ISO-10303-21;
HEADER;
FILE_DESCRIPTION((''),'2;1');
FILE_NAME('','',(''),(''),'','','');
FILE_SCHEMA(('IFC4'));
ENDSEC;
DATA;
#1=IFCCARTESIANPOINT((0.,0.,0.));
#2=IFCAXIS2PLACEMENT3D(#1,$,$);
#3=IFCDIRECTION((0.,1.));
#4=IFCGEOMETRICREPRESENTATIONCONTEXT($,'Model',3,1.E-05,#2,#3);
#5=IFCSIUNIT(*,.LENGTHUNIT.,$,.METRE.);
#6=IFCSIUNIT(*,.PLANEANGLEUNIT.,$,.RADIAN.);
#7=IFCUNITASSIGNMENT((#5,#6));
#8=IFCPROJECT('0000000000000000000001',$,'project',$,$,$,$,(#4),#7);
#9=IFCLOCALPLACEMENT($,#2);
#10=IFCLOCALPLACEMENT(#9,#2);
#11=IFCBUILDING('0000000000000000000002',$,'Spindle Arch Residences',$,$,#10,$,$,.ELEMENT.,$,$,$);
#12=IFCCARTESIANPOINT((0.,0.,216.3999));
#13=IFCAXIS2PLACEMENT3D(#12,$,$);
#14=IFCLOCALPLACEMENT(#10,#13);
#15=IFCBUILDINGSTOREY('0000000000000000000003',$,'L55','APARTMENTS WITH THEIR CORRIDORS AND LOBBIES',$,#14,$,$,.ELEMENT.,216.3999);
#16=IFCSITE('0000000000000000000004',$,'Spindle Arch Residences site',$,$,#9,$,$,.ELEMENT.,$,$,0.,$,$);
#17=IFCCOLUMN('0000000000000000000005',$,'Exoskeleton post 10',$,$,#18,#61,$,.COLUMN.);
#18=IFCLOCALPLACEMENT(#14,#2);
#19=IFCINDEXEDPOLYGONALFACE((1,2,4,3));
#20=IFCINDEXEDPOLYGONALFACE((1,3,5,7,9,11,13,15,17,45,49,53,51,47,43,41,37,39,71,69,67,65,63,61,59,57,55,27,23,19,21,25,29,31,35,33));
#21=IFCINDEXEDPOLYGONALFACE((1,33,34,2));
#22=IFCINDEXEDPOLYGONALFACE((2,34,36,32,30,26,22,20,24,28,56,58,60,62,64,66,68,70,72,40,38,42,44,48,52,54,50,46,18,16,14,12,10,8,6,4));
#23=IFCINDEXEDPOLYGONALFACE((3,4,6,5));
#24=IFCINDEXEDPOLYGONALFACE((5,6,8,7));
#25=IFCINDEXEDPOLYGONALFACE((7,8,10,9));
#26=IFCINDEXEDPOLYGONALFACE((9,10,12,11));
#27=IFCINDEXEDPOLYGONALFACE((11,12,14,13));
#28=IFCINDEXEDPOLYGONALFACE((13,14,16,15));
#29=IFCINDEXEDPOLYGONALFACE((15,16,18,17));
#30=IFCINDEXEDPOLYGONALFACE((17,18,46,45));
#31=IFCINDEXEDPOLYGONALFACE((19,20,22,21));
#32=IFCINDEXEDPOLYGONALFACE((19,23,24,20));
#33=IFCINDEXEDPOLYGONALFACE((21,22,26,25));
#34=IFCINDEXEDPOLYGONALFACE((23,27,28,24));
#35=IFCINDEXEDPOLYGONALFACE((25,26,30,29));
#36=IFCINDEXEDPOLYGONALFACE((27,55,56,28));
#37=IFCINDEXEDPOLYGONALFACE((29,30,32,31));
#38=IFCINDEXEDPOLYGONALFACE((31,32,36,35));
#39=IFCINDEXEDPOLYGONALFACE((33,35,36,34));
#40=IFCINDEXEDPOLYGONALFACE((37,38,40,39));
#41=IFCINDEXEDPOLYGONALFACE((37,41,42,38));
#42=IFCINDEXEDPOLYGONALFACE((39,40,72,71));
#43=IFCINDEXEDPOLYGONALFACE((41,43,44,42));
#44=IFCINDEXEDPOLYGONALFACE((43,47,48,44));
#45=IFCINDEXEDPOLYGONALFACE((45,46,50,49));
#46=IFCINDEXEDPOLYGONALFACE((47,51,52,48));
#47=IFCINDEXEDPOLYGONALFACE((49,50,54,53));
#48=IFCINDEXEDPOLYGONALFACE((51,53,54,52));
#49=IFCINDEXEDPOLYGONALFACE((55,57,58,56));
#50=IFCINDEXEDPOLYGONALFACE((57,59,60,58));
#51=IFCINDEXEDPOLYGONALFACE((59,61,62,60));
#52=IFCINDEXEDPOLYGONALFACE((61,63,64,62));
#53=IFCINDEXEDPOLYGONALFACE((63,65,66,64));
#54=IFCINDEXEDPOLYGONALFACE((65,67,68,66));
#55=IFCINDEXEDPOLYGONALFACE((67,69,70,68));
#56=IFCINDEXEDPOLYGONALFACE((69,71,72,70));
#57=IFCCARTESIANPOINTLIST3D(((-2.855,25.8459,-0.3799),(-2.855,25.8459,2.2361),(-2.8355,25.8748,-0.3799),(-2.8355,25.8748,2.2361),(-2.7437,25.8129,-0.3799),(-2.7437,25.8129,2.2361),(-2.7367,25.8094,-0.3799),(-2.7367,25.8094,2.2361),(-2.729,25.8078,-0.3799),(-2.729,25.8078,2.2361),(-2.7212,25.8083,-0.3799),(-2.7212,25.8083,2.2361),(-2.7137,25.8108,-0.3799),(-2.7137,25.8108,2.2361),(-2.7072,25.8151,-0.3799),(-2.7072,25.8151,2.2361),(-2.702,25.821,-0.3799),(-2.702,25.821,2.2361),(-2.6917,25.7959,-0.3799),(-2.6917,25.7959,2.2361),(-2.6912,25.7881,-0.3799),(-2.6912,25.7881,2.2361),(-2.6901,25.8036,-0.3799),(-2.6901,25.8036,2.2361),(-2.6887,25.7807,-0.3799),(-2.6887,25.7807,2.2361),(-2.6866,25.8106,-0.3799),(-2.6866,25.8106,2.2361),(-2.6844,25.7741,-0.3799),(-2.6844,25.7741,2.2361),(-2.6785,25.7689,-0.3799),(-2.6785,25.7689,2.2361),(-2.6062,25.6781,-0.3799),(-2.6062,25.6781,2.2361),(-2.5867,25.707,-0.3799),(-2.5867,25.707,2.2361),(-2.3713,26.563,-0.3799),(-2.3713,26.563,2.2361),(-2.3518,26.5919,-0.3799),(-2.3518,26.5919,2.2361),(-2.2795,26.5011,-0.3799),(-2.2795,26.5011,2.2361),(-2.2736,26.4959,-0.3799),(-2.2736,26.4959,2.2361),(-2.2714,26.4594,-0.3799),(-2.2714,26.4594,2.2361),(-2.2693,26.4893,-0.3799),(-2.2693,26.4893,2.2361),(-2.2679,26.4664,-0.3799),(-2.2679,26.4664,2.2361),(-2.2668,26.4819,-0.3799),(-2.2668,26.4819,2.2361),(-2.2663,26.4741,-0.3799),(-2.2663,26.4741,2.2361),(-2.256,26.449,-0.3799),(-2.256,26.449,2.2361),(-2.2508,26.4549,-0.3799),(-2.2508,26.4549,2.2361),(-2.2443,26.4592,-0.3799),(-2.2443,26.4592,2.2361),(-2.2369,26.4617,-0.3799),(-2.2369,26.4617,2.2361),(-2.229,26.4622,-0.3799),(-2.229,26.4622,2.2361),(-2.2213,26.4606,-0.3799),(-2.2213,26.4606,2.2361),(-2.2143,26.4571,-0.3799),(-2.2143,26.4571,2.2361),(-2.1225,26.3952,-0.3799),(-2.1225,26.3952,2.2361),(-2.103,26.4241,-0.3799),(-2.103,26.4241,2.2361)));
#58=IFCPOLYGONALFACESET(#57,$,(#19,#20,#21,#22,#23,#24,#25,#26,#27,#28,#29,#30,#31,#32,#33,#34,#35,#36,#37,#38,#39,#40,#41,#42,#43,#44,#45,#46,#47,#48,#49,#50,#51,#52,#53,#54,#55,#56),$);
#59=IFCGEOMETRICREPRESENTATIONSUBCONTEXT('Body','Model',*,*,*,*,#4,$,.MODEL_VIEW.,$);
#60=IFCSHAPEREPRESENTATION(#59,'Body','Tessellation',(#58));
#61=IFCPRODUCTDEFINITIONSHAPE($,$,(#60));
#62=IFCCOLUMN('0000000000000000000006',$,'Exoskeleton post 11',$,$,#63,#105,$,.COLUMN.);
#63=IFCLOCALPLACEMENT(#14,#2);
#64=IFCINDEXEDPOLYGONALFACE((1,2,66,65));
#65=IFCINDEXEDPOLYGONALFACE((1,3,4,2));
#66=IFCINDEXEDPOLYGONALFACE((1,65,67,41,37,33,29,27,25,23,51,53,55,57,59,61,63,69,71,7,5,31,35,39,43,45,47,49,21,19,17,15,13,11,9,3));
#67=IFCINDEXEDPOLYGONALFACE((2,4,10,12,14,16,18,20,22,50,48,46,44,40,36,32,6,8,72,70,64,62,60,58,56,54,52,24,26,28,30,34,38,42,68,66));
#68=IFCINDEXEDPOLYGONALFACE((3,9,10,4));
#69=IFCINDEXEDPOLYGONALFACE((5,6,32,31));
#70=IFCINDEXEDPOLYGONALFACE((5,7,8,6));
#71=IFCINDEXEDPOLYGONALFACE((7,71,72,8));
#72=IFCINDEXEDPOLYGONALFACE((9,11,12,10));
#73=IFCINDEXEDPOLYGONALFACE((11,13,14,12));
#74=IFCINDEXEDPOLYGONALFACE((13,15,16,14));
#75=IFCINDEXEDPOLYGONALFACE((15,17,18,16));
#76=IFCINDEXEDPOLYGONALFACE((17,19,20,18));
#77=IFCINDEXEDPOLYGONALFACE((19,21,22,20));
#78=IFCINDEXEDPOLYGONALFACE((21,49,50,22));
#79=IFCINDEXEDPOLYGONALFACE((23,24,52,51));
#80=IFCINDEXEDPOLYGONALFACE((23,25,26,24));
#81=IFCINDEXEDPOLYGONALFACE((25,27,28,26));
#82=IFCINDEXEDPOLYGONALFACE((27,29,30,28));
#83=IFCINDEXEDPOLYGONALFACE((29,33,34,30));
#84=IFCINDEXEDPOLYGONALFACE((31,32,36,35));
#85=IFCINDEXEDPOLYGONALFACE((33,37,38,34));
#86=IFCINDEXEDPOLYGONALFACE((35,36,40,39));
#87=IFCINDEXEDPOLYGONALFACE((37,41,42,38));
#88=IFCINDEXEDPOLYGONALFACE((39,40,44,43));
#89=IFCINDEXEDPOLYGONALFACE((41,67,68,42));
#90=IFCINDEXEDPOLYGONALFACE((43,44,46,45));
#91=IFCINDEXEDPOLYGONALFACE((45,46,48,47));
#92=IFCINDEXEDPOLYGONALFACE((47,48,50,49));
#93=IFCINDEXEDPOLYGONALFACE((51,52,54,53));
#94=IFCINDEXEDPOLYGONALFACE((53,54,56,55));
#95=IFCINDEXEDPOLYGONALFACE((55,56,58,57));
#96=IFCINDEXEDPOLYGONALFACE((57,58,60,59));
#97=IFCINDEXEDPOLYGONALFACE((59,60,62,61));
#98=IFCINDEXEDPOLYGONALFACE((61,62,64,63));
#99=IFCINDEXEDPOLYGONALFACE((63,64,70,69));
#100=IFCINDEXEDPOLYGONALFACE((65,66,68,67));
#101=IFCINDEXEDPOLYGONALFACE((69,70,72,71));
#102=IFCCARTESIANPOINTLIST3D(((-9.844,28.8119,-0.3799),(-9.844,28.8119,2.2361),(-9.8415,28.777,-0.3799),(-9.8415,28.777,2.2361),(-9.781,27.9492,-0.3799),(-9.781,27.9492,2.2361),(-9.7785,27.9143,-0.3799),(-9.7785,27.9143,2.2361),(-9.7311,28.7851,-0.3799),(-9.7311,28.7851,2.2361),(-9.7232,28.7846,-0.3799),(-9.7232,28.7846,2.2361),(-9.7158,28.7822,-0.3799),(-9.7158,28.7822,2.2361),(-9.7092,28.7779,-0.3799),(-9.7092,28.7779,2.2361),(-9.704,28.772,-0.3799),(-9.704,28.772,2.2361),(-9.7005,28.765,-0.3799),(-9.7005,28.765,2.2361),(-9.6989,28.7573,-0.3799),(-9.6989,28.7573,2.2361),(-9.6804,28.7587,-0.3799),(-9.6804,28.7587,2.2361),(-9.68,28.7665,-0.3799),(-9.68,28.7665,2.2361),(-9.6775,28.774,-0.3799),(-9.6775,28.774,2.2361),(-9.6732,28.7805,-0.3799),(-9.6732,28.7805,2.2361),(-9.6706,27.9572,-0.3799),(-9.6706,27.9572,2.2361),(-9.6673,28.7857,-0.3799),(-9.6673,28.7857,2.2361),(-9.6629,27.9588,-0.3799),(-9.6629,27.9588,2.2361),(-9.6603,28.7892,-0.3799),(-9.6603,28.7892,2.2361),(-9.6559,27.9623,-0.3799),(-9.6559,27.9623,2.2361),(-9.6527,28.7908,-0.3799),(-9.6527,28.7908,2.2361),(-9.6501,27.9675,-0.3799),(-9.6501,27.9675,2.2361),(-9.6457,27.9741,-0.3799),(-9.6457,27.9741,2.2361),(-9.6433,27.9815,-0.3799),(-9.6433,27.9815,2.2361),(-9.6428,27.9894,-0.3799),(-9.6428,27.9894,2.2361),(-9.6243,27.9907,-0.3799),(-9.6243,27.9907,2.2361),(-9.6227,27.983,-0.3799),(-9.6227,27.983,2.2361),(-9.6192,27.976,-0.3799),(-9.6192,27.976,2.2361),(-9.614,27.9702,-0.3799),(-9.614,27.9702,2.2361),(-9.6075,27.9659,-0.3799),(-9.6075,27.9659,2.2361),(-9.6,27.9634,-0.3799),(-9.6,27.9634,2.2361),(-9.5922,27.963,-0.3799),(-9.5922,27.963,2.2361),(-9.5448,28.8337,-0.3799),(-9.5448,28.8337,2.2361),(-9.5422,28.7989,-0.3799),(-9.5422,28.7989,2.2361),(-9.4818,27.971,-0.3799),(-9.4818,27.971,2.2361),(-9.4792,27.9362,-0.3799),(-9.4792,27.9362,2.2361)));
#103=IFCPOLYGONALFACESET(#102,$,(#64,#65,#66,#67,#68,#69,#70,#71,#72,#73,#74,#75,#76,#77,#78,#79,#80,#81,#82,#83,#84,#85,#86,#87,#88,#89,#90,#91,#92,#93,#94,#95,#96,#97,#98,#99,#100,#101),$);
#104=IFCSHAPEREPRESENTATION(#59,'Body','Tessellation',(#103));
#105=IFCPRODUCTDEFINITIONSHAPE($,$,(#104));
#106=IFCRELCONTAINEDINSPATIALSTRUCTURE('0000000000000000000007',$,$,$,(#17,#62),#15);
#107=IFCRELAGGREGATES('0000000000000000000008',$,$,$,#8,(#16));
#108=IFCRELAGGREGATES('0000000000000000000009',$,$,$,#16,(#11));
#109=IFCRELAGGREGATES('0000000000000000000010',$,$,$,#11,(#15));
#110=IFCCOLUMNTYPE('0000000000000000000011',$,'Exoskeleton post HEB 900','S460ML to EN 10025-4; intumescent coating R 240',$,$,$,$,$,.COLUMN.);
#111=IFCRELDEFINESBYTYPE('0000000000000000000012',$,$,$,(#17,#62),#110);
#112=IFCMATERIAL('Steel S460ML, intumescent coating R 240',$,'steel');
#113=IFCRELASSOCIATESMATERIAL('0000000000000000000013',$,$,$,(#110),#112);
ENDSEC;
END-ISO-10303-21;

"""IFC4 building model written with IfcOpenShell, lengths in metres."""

from ifc_helpers import new_model, si_unit, direction, frame, origin, origin_2d, place, context, subcontext, project, spatial, i_section, extrude, material, material_profile, profile_set, type_object, element, save


model = new_model("IFC4")

# Units and contexts
model_context = context("Model", 3, precision=1e-05, world=origin(), true_north=direction((0.0, 1.0)))
body_context = subcontext(model_context, "Body", "Model", "MODEL_VIEW")
ifc_project = project(units=[si_unit("LENGTHUNIT", "METRE"), si_unit("PLANEANGLEUNIT", "RADIAN")], contexts=[model_context])

# Site, building, storey
site_placement = place(None, origin())
site = spatial("IfcSite", under=ifc_project, at=site_placement, Name="Spindle Arch Residences site", CompositionType="ELEMENT", RefElevation=0.0)
building_placement = place(site_placement, origin())
building = spatial("IfcBuilding", under=site, at=building_placement, Name="Spindle Arch Residences", CompositionType="ELEMENT")
storey_placement = place(building_placement, frame((0.0, 0.0, 216.3999)))
storey = spatial("IfcBuildingStorey", under=building, at=storey_placement, Name="L55", Description="APARTMENTS WITH THEIR CORRIDORS AND LOBBIES", CompositionType="ELEMENT", Elevation=216.3999)

# Columns
ifc_material_1 = material(Name="Steel S460ML, intumescent coating R 240", Category="steel")
ifc_material_profile_1 = material_profile(ifc_material_1, i_section(OverallWidth=0.3, OverallDepth=0.8999, WebThickness=0.0186, FlangeThickness=0.0349, FilletRadius=0.03, at=origin_2d()), Name="HEB 900")
ifc_profile_set_1 = profile_set([ifc_material_profile_1], Name="Steel S460ML, intumescent coating R 240")
column_type_1 = type_object("IfcColumnType", Name="Exoskeleton post HEB 900", Description="S460ML to EN 10025-4; intumescent coating R 240", PredefinedType="COLUMN", material=ifc_profile_set_1)
for number, where, z_axis, x_axis, name in (
    (1, (-2.479, 26.135, -0.3799), (0.0, 0.0, 1.0), (0.829038, -0.559193, 0.0), "Exoskeleton post 10"),
    (2, (-9.6616, 28.374, -0.3799), (0.0, 0.0, 1.0), (0.997343, 0.072844, 0.0), "Exoskeleton post 11"),
):
    element("IfcColumn", number, at=place(storey_placement, frame(where, z_axis=z_axis, x_axis=x_axis)), inside=storey, type_object=column_type_1, Name=name, PredefinedType="COLUMN", context=body_context, shape_type="SweptSolid", body=[
        extrude(i_section(OverallWidth=0.3, OverallDepth=0.8999, WebThickness=0.0186, FlangeThickness=0.0349, FilletRadius=0.03, at=origin_2d()), origin(), (0.0, 0.0, 1.0), 2.616),
    ])

save(model, "model.ifc")
